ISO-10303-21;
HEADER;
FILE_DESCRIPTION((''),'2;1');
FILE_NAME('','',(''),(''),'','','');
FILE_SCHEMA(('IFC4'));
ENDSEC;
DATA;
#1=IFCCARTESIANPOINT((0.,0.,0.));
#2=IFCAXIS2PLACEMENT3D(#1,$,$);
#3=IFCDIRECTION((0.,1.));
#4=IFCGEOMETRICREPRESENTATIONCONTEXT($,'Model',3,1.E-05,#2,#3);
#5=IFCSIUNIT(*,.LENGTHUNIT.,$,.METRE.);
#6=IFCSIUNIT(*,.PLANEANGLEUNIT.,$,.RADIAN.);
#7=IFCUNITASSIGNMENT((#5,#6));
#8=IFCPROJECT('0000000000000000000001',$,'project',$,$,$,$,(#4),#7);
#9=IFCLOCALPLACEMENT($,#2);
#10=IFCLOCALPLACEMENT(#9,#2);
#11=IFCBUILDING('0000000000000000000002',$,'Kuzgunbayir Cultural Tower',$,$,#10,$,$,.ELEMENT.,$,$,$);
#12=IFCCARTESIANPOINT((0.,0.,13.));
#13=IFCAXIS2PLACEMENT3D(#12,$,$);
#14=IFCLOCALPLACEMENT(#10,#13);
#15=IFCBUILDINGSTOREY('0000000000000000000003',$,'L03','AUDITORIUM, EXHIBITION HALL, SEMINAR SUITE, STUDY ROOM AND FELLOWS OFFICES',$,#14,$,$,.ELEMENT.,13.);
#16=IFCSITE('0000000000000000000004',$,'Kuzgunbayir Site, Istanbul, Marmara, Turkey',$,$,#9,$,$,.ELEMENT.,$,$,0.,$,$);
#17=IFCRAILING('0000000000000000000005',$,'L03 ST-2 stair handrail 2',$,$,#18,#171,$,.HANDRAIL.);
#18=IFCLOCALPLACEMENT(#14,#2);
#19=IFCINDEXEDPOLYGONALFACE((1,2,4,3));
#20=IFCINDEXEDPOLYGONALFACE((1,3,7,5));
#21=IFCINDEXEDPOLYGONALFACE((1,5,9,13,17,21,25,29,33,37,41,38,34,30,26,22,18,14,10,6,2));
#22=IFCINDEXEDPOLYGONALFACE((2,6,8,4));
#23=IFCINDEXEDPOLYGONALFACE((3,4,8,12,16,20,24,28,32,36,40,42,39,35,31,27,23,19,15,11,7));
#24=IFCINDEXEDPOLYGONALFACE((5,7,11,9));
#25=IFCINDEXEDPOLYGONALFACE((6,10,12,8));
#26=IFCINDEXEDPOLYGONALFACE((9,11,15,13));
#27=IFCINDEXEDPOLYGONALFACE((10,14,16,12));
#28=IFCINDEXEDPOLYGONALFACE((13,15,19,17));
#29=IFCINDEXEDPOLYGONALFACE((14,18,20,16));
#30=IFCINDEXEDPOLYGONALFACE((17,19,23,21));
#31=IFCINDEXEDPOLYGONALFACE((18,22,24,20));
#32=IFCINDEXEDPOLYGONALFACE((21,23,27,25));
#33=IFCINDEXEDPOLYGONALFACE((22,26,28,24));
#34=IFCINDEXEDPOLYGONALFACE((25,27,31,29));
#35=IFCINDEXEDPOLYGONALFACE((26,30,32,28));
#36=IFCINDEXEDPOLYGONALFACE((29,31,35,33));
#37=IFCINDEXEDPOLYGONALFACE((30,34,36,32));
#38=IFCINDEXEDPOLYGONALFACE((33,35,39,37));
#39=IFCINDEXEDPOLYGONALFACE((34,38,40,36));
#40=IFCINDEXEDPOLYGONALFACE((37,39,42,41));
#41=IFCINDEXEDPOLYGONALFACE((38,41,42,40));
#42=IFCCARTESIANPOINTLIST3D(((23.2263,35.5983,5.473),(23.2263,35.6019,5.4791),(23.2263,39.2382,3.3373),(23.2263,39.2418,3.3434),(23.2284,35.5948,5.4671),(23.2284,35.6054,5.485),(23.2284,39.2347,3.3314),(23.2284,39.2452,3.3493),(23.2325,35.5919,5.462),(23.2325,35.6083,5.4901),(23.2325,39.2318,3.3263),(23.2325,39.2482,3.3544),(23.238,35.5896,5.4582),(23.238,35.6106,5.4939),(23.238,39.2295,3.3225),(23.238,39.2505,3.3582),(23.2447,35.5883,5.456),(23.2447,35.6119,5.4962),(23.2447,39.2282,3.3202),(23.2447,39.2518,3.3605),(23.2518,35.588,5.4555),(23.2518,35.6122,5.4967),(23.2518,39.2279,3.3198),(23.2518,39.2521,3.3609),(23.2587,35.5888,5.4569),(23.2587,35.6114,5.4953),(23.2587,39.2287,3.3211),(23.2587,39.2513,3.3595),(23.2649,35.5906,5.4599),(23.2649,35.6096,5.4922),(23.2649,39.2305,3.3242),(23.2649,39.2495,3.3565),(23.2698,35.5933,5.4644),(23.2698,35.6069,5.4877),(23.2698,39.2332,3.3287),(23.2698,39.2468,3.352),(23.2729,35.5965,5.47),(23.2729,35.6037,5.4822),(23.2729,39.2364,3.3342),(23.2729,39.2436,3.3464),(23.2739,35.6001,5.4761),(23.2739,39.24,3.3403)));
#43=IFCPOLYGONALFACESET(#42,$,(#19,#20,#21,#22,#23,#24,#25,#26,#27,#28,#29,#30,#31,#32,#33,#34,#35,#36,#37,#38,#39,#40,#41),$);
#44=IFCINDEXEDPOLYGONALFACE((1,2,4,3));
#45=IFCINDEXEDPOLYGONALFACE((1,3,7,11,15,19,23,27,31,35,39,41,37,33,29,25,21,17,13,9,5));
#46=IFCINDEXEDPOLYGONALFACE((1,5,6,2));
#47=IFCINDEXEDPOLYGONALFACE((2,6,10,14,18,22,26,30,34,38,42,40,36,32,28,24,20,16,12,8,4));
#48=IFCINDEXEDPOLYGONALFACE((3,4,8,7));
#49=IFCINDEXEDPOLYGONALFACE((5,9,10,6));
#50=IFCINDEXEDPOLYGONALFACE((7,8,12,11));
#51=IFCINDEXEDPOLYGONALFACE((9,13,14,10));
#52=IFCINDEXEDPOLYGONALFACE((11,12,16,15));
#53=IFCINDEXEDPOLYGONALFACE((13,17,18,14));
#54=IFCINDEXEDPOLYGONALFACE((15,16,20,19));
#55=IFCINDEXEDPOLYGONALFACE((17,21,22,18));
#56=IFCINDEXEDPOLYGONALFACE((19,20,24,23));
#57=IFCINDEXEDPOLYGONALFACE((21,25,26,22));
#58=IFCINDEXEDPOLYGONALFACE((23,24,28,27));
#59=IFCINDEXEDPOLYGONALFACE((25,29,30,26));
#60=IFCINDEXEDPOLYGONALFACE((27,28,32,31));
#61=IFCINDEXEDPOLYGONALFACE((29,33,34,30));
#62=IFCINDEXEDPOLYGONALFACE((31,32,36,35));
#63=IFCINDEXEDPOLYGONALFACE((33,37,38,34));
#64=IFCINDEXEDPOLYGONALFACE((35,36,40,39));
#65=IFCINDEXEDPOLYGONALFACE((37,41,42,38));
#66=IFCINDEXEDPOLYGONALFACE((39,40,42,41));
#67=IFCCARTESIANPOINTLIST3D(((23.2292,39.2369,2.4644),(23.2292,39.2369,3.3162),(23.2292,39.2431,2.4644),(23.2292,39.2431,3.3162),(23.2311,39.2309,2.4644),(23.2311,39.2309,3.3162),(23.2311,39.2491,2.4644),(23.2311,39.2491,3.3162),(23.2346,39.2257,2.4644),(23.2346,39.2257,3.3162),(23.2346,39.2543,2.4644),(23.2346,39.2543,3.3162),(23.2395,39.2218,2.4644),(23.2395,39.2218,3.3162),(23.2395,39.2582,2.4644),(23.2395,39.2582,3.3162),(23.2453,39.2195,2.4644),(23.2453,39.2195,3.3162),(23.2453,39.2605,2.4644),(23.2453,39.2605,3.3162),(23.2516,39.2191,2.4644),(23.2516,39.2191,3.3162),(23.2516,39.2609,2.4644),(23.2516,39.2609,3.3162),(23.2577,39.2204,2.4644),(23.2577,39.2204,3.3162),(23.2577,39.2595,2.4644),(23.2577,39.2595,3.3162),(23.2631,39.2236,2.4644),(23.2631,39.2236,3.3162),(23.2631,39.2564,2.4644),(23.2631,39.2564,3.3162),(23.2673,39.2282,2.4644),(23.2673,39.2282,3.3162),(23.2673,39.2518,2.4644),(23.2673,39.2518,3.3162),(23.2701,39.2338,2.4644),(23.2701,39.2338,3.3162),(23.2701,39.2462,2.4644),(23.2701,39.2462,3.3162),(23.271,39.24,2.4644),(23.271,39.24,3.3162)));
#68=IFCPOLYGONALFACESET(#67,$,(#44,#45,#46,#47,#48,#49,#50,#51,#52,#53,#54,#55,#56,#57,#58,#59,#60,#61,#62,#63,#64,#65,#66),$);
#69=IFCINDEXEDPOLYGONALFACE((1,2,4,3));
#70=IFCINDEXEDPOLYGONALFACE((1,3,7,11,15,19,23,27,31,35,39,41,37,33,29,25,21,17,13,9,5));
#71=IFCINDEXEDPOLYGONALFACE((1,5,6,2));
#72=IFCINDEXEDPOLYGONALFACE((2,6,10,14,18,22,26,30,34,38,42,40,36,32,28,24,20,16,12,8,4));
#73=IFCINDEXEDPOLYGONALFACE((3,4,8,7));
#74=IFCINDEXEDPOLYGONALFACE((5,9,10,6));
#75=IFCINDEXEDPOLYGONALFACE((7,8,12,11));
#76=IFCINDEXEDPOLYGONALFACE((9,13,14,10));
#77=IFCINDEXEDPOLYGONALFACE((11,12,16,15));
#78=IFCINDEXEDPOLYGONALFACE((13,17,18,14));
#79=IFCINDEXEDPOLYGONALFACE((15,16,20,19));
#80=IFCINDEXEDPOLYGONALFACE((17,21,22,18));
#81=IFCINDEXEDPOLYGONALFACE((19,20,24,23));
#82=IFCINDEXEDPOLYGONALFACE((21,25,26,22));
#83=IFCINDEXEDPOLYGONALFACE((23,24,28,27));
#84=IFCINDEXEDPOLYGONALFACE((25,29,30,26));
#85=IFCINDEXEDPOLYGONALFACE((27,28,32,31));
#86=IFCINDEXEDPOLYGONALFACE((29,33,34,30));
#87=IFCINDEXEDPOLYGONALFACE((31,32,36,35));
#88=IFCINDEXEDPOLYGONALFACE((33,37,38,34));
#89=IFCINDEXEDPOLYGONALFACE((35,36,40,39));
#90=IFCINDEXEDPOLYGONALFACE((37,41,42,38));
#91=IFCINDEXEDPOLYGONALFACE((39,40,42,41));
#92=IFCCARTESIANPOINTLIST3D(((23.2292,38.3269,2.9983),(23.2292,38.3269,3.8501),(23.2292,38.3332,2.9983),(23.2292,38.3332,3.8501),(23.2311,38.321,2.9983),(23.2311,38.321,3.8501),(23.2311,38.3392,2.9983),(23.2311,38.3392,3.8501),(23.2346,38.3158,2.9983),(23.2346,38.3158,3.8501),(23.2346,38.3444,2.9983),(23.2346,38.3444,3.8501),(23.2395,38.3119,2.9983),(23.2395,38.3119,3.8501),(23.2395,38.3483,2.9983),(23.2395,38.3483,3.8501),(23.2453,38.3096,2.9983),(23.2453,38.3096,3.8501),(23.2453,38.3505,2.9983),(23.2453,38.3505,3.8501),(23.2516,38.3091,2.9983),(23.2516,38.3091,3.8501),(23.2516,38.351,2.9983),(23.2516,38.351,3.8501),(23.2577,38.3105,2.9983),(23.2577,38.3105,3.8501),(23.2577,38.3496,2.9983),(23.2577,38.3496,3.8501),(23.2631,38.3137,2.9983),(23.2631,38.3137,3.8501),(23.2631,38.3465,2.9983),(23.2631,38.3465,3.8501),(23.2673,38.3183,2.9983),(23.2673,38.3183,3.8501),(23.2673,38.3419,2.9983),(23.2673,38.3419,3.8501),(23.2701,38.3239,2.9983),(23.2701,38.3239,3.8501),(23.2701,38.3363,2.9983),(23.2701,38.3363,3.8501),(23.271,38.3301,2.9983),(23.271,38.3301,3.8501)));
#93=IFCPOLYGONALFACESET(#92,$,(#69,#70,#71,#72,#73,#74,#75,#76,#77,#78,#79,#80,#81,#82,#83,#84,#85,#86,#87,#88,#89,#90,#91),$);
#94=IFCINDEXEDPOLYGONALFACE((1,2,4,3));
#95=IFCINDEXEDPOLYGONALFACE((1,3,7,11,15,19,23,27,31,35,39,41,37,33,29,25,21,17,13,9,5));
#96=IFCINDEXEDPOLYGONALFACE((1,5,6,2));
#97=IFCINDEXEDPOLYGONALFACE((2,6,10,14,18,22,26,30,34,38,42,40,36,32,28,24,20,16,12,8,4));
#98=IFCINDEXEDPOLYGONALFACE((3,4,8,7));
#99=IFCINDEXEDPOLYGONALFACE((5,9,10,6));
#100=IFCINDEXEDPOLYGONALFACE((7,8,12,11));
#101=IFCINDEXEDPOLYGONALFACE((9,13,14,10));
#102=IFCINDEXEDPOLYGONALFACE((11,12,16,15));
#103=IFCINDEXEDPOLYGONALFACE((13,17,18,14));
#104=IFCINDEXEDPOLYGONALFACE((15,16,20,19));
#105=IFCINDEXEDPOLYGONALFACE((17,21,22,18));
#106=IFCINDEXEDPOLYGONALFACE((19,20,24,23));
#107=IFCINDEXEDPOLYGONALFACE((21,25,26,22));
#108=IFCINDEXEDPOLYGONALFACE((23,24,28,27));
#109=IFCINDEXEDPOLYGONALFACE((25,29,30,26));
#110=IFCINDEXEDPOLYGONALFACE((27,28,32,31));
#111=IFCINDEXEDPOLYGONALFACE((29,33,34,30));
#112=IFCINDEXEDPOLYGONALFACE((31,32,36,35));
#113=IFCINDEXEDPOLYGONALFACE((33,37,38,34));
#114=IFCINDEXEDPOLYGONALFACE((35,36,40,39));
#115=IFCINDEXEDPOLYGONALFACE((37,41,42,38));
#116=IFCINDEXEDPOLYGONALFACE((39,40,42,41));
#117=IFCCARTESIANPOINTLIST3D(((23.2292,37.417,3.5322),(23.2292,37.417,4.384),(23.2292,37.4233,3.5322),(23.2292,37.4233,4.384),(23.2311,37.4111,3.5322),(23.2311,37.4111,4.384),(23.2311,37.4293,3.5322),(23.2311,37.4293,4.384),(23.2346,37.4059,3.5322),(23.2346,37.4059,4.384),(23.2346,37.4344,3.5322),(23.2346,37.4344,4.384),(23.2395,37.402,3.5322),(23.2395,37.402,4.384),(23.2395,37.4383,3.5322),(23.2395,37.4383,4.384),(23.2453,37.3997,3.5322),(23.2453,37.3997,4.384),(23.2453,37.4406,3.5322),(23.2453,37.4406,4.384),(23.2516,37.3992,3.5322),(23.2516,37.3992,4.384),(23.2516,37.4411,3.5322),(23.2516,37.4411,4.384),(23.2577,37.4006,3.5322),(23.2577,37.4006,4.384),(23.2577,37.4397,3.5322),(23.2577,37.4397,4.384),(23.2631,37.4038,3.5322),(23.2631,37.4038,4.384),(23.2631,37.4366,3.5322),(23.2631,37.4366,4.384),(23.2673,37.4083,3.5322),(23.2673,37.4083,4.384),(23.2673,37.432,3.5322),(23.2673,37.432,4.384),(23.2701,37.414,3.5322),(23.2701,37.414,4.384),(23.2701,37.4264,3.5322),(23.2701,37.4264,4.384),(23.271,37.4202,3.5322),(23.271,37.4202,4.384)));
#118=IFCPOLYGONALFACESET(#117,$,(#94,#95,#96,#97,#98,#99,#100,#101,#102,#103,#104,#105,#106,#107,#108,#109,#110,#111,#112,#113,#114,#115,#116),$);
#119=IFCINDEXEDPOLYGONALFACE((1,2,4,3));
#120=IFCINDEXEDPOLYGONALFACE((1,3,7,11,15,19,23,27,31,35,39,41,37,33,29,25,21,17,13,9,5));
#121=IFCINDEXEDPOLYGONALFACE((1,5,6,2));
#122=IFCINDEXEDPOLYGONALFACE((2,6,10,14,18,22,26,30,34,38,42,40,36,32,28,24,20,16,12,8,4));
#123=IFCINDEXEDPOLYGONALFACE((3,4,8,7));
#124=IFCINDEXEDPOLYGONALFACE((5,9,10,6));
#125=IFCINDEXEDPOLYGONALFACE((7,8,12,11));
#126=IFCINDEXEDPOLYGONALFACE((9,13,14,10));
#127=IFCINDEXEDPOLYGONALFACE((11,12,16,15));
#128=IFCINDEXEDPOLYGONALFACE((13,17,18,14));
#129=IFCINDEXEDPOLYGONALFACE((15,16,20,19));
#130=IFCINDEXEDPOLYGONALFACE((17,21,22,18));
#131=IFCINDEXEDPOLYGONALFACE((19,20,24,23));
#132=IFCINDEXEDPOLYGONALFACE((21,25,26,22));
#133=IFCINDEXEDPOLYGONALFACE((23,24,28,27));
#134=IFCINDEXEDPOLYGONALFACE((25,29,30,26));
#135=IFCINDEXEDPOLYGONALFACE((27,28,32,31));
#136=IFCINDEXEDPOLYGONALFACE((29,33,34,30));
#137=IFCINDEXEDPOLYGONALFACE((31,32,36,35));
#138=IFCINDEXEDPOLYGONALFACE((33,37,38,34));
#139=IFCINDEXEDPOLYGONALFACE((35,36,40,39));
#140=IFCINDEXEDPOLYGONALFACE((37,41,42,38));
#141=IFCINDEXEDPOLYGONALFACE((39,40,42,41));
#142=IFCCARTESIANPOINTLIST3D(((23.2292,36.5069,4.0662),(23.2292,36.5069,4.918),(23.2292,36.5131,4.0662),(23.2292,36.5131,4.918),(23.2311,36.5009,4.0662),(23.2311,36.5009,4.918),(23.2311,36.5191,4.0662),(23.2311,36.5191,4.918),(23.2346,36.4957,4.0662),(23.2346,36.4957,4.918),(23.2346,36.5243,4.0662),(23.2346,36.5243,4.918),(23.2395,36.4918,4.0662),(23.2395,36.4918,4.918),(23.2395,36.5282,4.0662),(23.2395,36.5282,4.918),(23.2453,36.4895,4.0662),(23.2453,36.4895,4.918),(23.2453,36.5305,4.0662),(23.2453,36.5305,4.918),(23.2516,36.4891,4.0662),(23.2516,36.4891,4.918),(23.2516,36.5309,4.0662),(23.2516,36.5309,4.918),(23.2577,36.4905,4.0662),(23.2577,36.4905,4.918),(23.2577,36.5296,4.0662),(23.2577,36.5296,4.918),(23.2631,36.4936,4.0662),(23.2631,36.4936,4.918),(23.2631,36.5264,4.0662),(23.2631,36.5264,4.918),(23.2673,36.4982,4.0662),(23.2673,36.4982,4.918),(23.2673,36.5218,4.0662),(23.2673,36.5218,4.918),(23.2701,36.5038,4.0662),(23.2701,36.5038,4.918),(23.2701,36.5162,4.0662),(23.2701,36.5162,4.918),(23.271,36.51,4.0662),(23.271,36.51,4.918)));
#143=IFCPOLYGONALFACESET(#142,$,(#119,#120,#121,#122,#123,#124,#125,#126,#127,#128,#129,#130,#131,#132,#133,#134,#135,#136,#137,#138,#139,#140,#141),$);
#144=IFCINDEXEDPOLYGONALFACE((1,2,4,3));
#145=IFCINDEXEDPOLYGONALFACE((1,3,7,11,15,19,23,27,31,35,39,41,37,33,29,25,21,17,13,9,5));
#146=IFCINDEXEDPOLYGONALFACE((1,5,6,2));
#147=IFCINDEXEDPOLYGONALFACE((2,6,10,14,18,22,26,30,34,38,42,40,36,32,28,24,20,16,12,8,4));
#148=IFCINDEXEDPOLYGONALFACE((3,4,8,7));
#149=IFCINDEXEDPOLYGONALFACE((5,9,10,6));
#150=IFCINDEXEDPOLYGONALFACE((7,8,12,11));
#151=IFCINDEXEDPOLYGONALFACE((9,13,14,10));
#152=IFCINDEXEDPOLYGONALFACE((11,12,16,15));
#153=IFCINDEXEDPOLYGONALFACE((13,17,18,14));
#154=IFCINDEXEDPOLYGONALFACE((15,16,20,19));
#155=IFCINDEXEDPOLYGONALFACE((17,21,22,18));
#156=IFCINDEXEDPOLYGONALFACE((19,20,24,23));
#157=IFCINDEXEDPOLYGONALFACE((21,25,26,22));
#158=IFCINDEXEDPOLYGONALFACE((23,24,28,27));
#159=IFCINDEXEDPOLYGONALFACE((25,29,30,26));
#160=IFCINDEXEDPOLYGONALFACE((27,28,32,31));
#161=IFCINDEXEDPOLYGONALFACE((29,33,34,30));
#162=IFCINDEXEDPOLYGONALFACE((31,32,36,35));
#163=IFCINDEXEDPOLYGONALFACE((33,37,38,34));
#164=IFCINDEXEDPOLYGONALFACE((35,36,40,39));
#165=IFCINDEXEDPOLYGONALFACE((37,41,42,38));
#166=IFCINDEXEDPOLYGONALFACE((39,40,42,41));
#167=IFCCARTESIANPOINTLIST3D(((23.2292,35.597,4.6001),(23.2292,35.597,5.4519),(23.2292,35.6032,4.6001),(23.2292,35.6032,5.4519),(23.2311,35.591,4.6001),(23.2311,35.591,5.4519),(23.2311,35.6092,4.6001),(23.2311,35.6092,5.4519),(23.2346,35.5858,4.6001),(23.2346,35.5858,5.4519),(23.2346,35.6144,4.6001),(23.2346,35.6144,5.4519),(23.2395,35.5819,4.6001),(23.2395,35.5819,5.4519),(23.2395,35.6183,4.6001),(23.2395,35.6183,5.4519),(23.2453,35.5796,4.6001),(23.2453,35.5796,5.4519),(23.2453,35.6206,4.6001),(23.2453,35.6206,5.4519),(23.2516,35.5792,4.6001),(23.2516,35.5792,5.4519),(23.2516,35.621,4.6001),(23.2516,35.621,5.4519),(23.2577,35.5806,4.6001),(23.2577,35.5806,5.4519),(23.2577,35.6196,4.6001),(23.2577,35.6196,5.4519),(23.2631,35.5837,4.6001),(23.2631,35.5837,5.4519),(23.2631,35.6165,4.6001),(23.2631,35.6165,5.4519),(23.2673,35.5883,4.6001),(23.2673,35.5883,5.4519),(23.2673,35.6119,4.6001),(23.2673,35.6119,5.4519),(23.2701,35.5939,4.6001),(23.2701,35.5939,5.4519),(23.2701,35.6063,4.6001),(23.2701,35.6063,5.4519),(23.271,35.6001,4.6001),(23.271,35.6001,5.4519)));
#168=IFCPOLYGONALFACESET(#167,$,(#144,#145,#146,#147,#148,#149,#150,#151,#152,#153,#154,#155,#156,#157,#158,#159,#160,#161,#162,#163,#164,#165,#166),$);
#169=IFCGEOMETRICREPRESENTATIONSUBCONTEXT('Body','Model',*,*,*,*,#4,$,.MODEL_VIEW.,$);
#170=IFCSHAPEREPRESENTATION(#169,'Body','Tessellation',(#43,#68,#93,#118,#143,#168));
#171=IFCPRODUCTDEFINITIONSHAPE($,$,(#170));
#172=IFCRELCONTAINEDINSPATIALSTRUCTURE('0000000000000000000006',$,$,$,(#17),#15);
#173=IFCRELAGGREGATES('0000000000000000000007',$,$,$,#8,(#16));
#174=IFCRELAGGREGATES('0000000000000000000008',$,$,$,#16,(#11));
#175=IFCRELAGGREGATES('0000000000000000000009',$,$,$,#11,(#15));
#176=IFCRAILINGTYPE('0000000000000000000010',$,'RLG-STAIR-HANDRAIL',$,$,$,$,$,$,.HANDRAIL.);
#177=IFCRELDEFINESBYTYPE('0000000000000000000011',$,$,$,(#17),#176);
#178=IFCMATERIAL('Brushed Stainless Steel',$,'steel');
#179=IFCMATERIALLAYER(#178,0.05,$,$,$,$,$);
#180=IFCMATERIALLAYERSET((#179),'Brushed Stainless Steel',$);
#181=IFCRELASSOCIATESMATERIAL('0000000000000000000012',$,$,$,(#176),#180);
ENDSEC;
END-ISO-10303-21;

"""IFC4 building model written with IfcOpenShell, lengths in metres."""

from ifc_helpers import new_model, si_unit, direction, frame, origin, origin_2d, place, context, subcontext, project, spatial, circle, extrude, material, layer, layer_set, type_object, element, save


model = new_model("IFC4")

# Units and contexts
model_context = context("Model", 3, precision=1e-05, world=origin(), true_north=direction((0.0, 1.0)))
body_context = subcontext(model_context, "Body", "Model", "MODEL_VIEW")
ifc_project = project(units=[si_unit("LENGTHUNIT", "METRE"), si_unit("PLANEANGLEUNIT", "RADIAN")], contexts=[model_context])

# Site, building, storey
site_placement = place(None, origin())
site = spatial("IfcSite", under=ifc_project, at=site_placement, Name="Kuzgunbayir Site, Istanbul, Marmara, Turkey", CompositionType="ELEMENT", RefElevation=0.0)
building_placement = place(site_placement, origin())
building = spatial("IfcBuilding", under=site, at=building_placement, Name="Kuzgunbayir Cultural Tower", CompositionType="ELEMENT")
storey_placement = place(building_placement, frame((0.0, 0.0, 13.0)))
storey = spatial("IfcBuildingStorey", under=building, at=storey_placement, Name="L03", Description="AUDITORIUM, EXHIBITION HALL, SEMINAR SUITE, STUDY ROOM AND FELLOWS OFFICES", CompositionType="ELEMENT", Elevation=13.0)

# Shared definitions
ifc_material_1 = material(Name="Brushed Stainless Steel", Category="steel")

# Railing
ifc_layer_1 = layer(ifc_material_1, 0.05)
ifc_layer_set_1 = layer_set([ifc_layer_1], Name="Brushed Stainless Steel")
railing_type_1 = type_object("IfcRailingType", Name="RLG-STAIR-HANDRAIL", PredefinedType="HANDRAIL", material=ifc_layer_set_1)
railing_1_placement = place(storey_placement, frame((23.25, 39.24, 2.4644)))
element("IfcRailing", 1, at=railing_1_placement, inside=storey, type_object=railing_type_1, Name="L03 ST-2 stair handrail 2", PredefinedType="HANDRAIL", context=body_context, shape_type="SweptSolid", body=[
    extrude(circle(Radius=0.0239, at=origin_2d()), frame((0.0, 0.0, 0.876), z_axis=(0.0, -0.86249, 0.506074), x_axis=(1.0, 0.0, 0.0)), (0.0, 0.0, 1.0), 4.2202),
    extrude(circle(Radius=0.021, at=origin_2d()), origin(), (0.0, 0.0, 1.0), 0.8518),
    extrude(circle(Radius=0.021, at=origin_2d()), frame((0.0, -0.9099, 0.5339)), (0.0, 0.0, 1.0), 0.8518),
    extrude(circle(Radius=0.021, at=origin_2d()), frame((0.0, -1.8198, 1.0679)), (0.0, 0.0, 1.0), 0.8518),
    extrude(circle(Radius=0.021, at=origin_2d()), frame((0.0, -2.73, 1.6018)), (0.0, 0.0, 1.0), 0.8518),
    extrude(circle(Radius=0.021, at=origin_2d()), frame((0.0, -3.6399, 2.1357)), (0.0, 0.0, 1.0), 0.8518),
])

save(model, "model.ifc")
